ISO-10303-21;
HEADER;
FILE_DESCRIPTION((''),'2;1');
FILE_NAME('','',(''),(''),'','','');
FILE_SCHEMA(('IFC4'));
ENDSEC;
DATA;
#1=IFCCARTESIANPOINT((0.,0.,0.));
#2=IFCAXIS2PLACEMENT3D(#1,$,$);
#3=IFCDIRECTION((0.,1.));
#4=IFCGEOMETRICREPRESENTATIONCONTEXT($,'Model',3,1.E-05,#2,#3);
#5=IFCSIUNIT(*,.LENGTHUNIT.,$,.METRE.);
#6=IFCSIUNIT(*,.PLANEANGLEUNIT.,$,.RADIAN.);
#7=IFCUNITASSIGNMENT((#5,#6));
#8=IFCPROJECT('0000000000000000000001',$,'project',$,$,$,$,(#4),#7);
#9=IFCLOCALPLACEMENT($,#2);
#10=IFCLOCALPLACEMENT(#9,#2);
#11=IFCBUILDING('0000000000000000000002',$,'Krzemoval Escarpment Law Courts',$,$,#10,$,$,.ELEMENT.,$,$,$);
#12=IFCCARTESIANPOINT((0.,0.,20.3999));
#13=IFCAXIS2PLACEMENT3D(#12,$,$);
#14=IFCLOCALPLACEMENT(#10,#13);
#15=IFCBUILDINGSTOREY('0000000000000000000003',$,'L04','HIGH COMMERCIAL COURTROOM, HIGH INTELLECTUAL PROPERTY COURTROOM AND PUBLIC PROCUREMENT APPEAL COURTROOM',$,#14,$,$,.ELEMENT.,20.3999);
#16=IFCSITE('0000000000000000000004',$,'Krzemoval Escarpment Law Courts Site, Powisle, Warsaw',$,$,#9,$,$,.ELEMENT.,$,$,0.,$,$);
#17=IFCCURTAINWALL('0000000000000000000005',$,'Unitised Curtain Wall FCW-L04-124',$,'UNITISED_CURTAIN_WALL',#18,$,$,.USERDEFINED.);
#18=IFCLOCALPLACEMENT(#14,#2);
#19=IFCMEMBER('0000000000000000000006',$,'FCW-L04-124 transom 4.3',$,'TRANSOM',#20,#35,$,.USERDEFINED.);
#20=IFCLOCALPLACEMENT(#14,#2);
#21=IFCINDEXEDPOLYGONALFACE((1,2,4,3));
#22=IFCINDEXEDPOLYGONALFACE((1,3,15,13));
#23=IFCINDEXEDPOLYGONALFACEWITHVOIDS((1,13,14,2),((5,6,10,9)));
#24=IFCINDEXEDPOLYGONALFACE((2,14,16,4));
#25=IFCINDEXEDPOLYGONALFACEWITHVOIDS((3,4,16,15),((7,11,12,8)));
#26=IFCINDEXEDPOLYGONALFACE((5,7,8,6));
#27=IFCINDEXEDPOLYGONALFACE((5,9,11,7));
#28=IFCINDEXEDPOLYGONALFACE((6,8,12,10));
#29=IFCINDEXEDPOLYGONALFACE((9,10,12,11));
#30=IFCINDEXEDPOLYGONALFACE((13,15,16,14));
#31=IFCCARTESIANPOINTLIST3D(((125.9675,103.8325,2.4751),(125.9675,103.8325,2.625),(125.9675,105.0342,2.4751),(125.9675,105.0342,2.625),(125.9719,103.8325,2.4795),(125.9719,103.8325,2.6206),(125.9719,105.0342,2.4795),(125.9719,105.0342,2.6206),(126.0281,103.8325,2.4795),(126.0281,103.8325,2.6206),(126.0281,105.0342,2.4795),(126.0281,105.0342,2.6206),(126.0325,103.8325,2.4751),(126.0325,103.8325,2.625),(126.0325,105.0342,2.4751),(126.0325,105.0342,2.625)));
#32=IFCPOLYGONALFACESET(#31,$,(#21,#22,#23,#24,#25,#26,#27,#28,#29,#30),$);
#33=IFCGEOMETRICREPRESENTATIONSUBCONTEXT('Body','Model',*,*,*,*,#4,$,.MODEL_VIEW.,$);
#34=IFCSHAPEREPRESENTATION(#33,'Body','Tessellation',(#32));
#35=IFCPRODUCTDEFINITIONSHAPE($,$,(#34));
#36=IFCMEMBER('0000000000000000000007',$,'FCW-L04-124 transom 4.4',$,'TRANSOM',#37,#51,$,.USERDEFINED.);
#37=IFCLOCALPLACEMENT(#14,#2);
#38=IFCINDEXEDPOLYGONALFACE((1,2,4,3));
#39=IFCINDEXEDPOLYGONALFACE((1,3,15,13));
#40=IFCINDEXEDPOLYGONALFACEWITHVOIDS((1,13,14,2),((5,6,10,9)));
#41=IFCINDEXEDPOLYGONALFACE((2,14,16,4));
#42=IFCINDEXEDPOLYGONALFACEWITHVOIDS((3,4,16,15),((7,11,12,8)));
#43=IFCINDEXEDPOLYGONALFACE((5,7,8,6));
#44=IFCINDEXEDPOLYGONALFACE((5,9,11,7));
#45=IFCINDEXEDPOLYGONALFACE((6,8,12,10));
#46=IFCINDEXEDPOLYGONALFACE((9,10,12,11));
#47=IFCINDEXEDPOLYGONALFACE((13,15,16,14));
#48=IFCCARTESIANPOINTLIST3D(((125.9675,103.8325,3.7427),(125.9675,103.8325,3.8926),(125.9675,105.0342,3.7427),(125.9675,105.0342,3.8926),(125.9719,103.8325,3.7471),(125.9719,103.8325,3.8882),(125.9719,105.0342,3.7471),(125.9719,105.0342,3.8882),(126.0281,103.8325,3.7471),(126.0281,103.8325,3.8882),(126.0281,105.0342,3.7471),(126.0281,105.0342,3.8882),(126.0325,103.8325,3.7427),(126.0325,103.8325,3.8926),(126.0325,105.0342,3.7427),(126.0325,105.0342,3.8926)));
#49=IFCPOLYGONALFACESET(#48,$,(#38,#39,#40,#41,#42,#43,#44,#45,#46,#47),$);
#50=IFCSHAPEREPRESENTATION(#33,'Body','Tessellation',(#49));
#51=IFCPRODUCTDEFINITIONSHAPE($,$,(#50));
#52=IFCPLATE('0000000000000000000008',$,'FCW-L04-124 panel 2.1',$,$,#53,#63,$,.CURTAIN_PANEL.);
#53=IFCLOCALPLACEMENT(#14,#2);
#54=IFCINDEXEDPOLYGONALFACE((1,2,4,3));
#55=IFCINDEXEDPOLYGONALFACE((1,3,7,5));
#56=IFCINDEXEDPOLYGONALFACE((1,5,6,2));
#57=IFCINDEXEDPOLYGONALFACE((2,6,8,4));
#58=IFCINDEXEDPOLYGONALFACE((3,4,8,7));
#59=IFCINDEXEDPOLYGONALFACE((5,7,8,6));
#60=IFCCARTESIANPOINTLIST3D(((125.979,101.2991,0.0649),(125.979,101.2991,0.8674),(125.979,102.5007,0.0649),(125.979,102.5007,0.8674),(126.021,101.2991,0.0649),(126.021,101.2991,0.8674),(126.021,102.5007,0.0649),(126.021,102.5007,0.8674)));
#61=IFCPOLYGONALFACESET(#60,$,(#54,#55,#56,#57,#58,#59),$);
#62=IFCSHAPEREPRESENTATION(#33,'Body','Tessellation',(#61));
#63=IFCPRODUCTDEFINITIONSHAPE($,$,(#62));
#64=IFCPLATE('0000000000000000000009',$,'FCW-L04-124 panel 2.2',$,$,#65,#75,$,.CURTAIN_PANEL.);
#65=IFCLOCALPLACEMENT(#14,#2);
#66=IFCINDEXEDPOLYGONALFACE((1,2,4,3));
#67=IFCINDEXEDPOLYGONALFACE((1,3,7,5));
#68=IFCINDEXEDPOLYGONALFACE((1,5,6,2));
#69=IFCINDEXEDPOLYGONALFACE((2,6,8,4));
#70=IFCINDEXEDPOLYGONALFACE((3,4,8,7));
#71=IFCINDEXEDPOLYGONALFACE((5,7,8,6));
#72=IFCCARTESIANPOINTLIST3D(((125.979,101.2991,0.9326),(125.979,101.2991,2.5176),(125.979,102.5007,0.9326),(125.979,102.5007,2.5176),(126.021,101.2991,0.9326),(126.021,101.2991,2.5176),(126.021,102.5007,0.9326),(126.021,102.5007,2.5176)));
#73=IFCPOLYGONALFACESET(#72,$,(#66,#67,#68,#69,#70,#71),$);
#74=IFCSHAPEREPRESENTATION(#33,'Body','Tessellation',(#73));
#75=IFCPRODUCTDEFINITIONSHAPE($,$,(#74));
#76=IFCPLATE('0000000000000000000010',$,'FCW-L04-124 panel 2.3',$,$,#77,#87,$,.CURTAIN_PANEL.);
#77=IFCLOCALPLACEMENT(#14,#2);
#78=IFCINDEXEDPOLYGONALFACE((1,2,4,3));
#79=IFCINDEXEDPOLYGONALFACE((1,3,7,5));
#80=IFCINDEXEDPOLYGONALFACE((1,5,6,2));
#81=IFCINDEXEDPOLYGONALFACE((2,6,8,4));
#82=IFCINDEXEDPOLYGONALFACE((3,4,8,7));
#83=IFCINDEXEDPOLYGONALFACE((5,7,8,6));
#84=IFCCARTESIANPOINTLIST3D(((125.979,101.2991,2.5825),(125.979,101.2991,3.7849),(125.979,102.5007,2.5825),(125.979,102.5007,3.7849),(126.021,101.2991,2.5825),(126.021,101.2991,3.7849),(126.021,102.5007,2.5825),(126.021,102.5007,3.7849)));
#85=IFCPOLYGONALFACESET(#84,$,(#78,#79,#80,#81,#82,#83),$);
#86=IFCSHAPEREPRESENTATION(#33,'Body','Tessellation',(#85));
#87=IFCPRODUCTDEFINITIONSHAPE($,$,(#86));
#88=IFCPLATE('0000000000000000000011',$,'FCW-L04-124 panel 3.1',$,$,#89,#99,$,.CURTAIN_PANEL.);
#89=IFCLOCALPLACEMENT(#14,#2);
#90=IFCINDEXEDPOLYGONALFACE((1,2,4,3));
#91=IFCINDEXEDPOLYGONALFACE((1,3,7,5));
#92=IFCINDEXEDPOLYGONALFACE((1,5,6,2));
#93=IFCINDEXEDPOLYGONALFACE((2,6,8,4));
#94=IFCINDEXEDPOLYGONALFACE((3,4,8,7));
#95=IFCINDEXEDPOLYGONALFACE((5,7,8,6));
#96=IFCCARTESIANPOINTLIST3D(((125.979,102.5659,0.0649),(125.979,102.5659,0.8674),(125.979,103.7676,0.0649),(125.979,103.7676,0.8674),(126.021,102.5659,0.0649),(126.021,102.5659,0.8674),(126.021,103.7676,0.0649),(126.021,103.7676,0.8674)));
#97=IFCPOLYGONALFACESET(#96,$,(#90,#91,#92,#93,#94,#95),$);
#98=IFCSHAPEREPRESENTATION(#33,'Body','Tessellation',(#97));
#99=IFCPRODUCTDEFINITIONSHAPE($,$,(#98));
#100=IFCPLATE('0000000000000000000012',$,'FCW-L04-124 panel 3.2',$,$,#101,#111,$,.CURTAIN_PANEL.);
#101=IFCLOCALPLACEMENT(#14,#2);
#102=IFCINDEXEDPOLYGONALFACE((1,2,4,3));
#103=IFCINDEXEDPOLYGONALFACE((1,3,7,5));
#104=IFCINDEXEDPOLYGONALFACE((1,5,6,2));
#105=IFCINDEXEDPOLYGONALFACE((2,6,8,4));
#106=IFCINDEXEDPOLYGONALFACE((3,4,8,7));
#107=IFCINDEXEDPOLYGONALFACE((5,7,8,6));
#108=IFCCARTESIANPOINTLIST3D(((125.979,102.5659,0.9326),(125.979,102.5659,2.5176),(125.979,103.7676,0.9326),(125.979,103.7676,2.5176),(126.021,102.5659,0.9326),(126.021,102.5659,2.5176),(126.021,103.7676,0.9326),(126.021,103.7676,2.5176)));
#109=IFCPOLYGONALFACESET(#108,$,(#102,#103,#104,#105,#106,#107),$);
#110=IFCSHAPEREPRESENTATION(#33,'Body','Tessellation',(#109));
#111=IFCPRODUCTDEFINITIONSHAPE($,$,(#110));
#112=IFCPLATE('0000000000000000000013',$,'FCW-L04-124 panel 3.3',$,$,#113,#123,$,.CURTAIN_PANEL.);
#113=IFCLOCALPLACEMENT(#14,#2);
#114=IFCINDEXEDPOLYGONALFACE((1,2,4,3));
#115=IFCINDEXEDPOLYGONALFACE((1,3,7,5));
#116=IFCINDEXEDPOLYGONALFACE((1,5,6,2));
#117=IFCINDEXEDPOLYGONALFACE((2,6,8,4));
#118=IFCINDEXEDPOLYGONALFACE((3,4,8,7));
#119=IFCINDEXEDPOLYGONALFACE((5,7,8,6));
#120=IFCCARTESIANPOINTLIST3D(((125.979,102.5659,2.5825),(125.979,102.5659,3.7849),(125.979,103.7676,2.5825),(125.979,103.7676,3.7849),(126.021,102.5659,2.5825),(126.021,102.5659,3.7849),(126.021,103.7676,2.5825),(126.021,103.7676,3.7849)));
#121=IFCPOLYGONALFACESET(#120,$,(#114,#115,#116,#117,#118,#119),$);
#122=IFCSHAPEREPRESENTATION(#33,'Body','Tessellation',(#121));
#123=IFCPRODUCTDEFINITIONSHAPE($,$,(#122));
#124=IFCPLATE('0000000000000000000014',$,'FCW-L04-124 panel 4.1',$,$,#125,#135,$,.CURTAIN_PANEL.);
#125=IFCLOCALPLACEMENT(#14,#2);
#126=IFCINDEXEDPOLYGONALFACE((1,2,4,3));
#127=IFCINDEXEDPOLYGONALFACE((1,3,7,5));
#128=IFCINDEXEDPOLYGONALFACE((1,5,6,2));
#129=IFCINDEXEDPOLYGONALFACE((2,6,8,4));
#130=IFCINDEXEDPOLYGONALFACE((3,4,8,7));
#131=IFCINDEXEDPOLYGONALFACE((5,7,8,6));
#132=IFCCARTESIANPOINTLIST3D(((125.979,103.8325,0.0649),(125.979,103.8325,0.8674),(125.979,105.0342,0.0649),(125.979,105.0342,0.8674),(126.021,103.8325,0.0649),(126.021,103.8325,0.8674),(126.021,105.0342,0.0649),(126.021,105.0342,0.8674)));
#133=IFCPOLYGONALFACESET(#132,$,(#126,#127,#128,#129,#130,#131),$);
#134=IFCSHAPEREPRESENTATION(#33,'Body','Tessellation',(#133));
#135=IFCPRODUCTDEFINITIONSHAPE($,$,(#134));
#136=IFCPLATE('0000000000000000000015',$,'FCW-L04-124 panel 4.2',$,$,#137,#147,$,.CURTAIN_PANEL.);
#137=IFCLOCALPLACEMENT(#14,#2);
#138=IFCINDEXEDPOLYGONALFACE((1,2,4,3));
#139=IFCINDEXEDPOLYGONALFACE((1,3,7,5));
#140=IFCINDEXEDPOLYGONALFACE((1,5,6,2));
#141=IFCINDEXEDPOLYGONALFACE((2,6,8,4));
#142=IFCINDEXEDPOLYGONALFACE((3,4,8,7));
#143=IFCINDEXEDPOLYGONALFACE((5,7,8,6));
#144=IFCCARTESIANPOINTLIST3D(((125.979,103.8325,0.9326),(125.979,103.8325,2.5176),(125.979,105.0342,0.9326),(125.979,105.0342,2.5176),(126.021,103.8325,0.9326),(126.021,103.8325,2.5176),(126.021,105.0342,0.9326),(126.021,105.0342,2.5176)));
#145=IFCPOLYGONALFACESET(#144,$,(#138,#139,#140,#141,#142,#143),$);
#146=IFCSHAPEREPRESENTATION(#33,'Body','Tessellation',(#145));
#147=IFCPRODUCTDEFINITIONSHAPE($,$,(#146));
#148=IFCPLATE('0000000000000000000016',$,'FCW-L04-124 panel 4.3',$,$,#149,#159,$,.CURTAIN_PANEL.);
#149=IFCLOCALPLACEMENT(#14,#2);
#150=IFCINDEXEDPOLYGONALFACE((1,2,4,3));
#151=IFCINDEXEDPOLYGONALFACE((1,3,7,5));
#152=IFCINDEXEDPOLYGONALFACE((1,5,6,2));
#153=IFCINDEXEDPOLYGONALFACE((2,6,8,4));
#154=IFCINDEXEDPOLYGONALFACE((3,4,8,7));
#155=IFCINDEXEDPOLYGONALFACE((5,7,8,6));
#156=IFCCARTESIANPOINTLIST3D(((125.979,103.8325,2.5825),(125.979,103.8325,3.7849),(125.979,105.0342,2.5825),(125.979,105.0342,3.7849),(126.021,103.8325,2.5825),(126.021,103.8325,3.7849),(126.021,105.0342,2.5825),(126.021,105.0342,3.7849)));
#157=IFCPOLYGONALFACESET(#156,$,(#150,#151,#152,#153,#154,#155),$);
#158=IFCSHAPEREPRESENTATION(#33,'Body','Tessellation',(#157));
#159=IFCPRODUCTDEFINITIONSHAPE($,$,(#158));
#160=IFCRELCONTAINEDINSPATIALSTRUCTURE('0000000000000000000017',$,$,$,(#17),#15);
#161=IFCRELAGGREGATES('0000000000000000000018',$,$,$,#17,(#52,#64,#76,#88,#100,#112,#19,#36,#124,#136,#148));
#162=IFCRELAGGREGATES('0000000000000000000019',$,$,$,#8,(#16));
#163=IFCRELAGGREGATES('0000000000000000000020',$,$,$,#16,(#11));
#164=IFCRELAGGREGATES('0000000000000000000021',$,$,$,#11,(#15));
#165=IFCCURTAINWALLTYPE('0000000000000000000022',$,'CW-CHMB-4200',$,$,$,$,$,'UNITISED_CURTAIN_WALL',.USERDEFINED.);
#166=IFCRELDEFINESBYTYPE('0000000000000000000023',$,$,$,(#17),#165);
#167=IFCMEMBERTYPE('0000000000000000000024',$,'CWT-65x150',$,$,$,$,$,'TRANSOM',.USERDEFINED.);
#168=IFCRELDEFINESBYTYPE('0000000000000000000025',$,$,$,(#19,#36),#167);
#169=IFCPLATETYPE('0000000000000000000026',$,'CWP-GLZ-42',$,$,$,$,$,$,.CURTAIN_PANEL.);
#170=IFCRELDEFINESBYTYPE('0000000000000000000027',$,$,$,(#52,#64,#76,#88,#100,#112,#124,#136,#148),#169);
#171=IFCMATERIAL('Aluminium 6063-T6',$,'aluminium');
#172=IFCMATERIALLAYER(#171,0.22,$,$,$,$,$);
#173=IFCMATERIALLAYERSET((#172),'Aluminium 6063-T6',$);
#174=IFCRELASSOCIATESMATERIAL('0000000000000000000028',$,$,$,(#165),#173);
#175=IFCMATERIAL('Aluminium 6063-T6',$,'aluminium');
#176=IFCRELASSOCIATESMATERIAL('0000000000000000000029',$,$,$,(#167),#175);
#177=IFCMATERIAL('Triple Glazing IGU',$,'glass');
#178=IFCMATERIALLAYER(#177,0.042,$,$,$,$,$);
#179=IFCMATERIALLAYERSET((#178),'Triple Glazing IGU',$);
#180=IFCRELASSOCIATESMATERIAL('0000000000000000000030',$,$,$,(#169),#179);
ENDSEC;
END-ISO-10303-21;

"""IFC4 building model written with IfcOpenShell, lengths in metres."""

from ifc_helpers import new_model, si_unit, direction, frame, origin, origin_2d, place, context, subcontext, project, spatial, rectangle, hollow_rectangle, extrude, material, layer, layer_set, material_profile, profile_set, type_object, element, aggregate, save


model = new_model("IFC4")

# Units and contexts
model_context = context("Model", 3, precision=1e-05, world=origin(), true_north=direction((0.0, 1.0)))
body_context = subcontext(model_context, "Body", "Model", "MODEL_VIEW")
ifc_project = project(units=[si_unit("LENGTHUNIT", "METRE"), si_unit("PLANEANGLEUNIT", "RADIAN")], contexts=[model_context])

# Site, building, storey
site_placement = place(None, origin())
site = spatial("IfcSite", under=ifc_project, at=site_placement, Name="Krzemoval Escarpment Law Courts Site, Powisle, Warsaw", CompositionType="ELEMENT", RefElevation=0.0)
building_placement = place(site_placement, origin())
building = spatial("IfcBuilding", under=site, at=building_placement, Name="Krzemoval Escarpment Law Courts", CompositionType="ELEMENT")
storey_placement = place(building_placement, frame((0.0, 0.0, 20.3999)))
storey = spatial("IfcBuildingStorey", under=building, at=storey_placement, Name="L04", Description="HIGH COMMERCIAL COURTROOM, HIGH INTELLECTUAL PROPERTY COURTROOM AND PUBLIC PROCUREMENT APPEAL COURTROOM", CompositionType="ELEMENT", Elevation=20.3999)

# Curtain wall, members, plates
ifc_material_1 = material(Name="Aluminium 6063-T6", Category="aluminium")
ifc_layer_1 = layer(ifc_material_1, 0.22)
ifc_layer_set_1 = layer_set([ifc_layer_1], Name="Aluminium 6063-T6")
curtain_wall_type = type_object("IfcCurtainWallType", Name="CW-CHMB-4200", ElementType="UNITISED_CURTAIN_WALL", PredefinedType="USERDEFINED", material=ifc_layer_set_1)
curtain_wall_placement = place(storey_placement, origin())
curtain_wall = element("IfcCurtainWall", 1, at=curtain_wall_placement, inside=storey, type_object=curtain_wall_type, Name="Unitised Curtain Wall FCW-L04-124", ObjectType="UNITISED_CURTAIN_WALL", PredefinedType="USERDEFINED")
ifc_material_2 = material(Name="Aluminium 6063-T6", Category="aluminium")
ifc_material_profile_1 = material_profile(ifc_material_2, hollow_rectangle(XDim=0.0649, YDim=0.1499, WallThickness=0.0044, at=origin_2d()), Name="ALU T65x150")
ifc_profile_set_1 = profile_set([ifc_material_profile_1], Name="Aluminium 6063-T6")
member_type_1 = type_object("IfcMemberType", Name="CWT-65x150", ElementType="TRANSOM", PredefinedType="USERDEFINED", material=ifc_profile_set_1)
member_1_placement = place(storey_placement, frame((126.0, 103.8325, 2.55), z_axis=(0.0, 1.0, 0.0), x_axis=(-1.0, 0.0, 0.0)))
member_1 = element("IfcMember", 2, at=member_1_placement, type_object=member_type_1, Name="FCW-L04-124 transom 4.3", ObjectType="TRANSOM", PredefinedType="USERDEFINED", context=body_context, shape_type="SweptSolid", body=[
    extrude(hollow_rectangle(XDim=0.0649, YDim=0.1499, WallThickness=0.0044, at=origin_2d()), origin(), (0.0, 0.0, 1.0), 1.2017),
])
member_2_placement = place(storey_placement, frame((126.0, 103.8325, 3.8176), z_axis=(0.0, 1.0, 0.0), x_axis=(-1.0, 0.0, 0.0)))
member_2 = element("IfcMember", 3, at=member_2_placement, type_object=member_type_1, Name="FCW-L04-124 transom 4.4", ObjectType="TRANSOM", PredefinedType="USERDEFINED", context=body_context, shape_type="SweptSolid", body=[
    extrude(hollow_rectangle(XDim=0.0649, YDim=0.1499, WallThickness=0.0044, at=origin_2d()), origin(), (0.0, 0.0, 1.0), 1.2017),
])
ifc_material_3 = material(Name="Triple Glazing IGU", Category="glass")
ifc_layer_2 = layer(ifc_material_3, 0.042)
ifc_layer_set_2 = layer_set([ifc_layer_2], Name="Triple Glazing IGU")
plate_type = type_object("IfcPlateType", Name="CWP-GLZ-42", PredefinedType="CURTAIN_PANEL", material=ifc_layer_set_2)
plate_1_placement = place(storey_placement, frame((126.0, 101.8999, 0.0649), z_axis=(0.0, 0.0, 1.0), x_axis=(0.0, 1.0, 0.0)))
plate_1 = element("IfcPlate", 4, at=plate_1_placement, type_object=plate_type, Name="FCW-L04-124 panel 2.1", PredefinedType="CURTAIN_PANEL", context=body_context, shape_type="SweptSolid", body=[
    extrude(rectangle(XDim=1.2017, YDim=0.042, at=origin_2d()), origin(), (0.0, 0.0, 1.0), 0.8025),
])
plate_2_placement = place(storey_placement, frame((126.0, 101.8999, 0.9326), z_axis=(0.0, 0.0, 1.0), x_axis=(0.0, 1.0, 0.0)))
plate_2 = element("IfcPlate", 5, at=plate_2_placement, type_object=plate_type, Name="FCW-L04-124 panel 2.2", PredefinedType="CURTAIN_PANEL", context=body_context, shape_type="SweptSolid", body=[
    extrude(rectangle(XDim=1.2017, YDim=0.042, at=origin_2d()), origin(), (0.0, 0.0, 1.0), 1.585),
])
plate_3_placement = place(storey_placement, frame((126.0, 101.8999, 2.5825), z_axis=(0.0, 0.0, 1.0), x_axis=(0.0, 1.0, 0.0)))
plate_3 = element("IfcPlate", 6, at=plate_3_placement, type_object=plate_type, Name="FCW-L04-124 panel 2.3", PredefinedType="CURTAIN_PANEL", context=body_context, shape_type="SweptSolid", body=[
    extrude(rectangle(XDim=1.2017, YDim=0.042, at=origin_2d()), origin(), (0.0, 0.0, 1.0), 1.2024),
])
plate_4_placement = place(storey_placement, frame((126.0, 103.1667, 0.0649), z_axis=(0.0, 0.0, 1.0), x_axis=(0.0, 1.0, 0.0)))
plate_4 = element("IfcPlate", 7, at=plate_4_placement, type_object=plate_type, Name="FCW-L04-124 panel 3.1", PredefinedType="CURTAIN_PANEL", context=body_context, shape_type="SweptSolid", body=[
    extrude(rectangle(XDim=1.2017, YDim=0.042, at=origin_2d()), origin(), (0.0, 0.0, 1.0), 0.8025),
])
plate_5_placement = place(storey_placement, frame((126.0, 103.1667, 0.9326), z_axis=(0.0, 0.0, 1.0), x_axis=(0.0, 1.0, 0.0)))
plate_5 = element("IfcPlate", 8, at=plate_5_placement, type_object=plate_type, Name="FCW-L04-124 panel 3.2", PredefinedType="CURTAIN_PANEL", context=body_context, shape_type="SweptSolid", body=[
    extrude(rectangle(XDim=1.2017, YDim=0.042, at=origin_2d()), origin(), (0.0, 0.0, 1.0), 1.585),
])
plate_6_placement = place(storey_placement, frame((126.0, 103.1667, 2.5825), z_axis=(0.0, 0.0, 1.0), x_axis=(0.0, 1.0, 0.0)))
plate_6 = element("IfcPlate", 9, at=plate_6_placement, type_object=plate_type, Name="FCW-L04-124 panel 3.3", PredefinedType="CURTAIN_PANEL", context=body_context, shape_type="SweptSolid", body=[
    extrude(rectangle(XDim=1.2017, YDim=0.042, at=origin_2d()), origin(), (0.0, 0.0, 1.0), 1.2024),
])
plate_7_placement = place(storey_placement, frame((126.0, 104.4333, 0.0649), z_axis=(0.0, 0.0, 1.0), x_axis=(0.0, 1.0, 0.0)))
plate_7 = element("IfcPlate", 10, at=plate_7_placement, type_object=plate_type, Name="FCW-L04-124 panel 4.1", PredefinedType="CURTAIN_PANEL", context=body_context, shape_type="SweptSolid", body=[
    extrude(rectangle(XDim=1.2017, YDim=0.042, at=origin_2d()), origin(), (0.0, 0.0, 1.0), 0.8025),
])
plate_8_placement = place(storey_placement, frame((126.0, 104.4333, 0.9326), z_axis=(0.0, 0.0, 1.0), x_axis=(0.0, 1.0, 0.0)))
plate_8 = element("IfcPlate", 11, at=plate_8_placement, type_object=plate_type, Name="FCW-L04-124 panel 4.2", PredefinedType="CURTAIN_PANEL", context=body_context, shape_type="SweptSolid", body=[
    extrude(rectangle(XDim=1.2017, YDim=0.042, at=origin_2d()), origin(), (0.0, 0.0, 1.0), 1.585),
])
plate_9_placement = place(storey_placement, frame((126.0, 104.4333, 2.5825), z_axis=(0.0, 0.0, 1.0), x_axis=(0.0, 1.0, 0.0)))
plate_9 = element("IfcPlate", 12, at=plate_9_placement, type_object=plate_type, Name="FCW-L04-124 panel 4.3", PredefinedType="CURTAIN_PANEL", context=body_context, shape_type="SweptSolid", body=[
    extrude(rectangle(XDim=1.2017, YDim=0.042, at=origin_2d()), origin(), (0.0, 0.0, 1.0), 1.2024),
])
aggregate(curtain_wall, [plate_1, plate_2, plate_3, plate_4, plate_5, plate_6, member_1, member_2, plate_7, plate_8, plate_9])

save(model, "model.ifc")
